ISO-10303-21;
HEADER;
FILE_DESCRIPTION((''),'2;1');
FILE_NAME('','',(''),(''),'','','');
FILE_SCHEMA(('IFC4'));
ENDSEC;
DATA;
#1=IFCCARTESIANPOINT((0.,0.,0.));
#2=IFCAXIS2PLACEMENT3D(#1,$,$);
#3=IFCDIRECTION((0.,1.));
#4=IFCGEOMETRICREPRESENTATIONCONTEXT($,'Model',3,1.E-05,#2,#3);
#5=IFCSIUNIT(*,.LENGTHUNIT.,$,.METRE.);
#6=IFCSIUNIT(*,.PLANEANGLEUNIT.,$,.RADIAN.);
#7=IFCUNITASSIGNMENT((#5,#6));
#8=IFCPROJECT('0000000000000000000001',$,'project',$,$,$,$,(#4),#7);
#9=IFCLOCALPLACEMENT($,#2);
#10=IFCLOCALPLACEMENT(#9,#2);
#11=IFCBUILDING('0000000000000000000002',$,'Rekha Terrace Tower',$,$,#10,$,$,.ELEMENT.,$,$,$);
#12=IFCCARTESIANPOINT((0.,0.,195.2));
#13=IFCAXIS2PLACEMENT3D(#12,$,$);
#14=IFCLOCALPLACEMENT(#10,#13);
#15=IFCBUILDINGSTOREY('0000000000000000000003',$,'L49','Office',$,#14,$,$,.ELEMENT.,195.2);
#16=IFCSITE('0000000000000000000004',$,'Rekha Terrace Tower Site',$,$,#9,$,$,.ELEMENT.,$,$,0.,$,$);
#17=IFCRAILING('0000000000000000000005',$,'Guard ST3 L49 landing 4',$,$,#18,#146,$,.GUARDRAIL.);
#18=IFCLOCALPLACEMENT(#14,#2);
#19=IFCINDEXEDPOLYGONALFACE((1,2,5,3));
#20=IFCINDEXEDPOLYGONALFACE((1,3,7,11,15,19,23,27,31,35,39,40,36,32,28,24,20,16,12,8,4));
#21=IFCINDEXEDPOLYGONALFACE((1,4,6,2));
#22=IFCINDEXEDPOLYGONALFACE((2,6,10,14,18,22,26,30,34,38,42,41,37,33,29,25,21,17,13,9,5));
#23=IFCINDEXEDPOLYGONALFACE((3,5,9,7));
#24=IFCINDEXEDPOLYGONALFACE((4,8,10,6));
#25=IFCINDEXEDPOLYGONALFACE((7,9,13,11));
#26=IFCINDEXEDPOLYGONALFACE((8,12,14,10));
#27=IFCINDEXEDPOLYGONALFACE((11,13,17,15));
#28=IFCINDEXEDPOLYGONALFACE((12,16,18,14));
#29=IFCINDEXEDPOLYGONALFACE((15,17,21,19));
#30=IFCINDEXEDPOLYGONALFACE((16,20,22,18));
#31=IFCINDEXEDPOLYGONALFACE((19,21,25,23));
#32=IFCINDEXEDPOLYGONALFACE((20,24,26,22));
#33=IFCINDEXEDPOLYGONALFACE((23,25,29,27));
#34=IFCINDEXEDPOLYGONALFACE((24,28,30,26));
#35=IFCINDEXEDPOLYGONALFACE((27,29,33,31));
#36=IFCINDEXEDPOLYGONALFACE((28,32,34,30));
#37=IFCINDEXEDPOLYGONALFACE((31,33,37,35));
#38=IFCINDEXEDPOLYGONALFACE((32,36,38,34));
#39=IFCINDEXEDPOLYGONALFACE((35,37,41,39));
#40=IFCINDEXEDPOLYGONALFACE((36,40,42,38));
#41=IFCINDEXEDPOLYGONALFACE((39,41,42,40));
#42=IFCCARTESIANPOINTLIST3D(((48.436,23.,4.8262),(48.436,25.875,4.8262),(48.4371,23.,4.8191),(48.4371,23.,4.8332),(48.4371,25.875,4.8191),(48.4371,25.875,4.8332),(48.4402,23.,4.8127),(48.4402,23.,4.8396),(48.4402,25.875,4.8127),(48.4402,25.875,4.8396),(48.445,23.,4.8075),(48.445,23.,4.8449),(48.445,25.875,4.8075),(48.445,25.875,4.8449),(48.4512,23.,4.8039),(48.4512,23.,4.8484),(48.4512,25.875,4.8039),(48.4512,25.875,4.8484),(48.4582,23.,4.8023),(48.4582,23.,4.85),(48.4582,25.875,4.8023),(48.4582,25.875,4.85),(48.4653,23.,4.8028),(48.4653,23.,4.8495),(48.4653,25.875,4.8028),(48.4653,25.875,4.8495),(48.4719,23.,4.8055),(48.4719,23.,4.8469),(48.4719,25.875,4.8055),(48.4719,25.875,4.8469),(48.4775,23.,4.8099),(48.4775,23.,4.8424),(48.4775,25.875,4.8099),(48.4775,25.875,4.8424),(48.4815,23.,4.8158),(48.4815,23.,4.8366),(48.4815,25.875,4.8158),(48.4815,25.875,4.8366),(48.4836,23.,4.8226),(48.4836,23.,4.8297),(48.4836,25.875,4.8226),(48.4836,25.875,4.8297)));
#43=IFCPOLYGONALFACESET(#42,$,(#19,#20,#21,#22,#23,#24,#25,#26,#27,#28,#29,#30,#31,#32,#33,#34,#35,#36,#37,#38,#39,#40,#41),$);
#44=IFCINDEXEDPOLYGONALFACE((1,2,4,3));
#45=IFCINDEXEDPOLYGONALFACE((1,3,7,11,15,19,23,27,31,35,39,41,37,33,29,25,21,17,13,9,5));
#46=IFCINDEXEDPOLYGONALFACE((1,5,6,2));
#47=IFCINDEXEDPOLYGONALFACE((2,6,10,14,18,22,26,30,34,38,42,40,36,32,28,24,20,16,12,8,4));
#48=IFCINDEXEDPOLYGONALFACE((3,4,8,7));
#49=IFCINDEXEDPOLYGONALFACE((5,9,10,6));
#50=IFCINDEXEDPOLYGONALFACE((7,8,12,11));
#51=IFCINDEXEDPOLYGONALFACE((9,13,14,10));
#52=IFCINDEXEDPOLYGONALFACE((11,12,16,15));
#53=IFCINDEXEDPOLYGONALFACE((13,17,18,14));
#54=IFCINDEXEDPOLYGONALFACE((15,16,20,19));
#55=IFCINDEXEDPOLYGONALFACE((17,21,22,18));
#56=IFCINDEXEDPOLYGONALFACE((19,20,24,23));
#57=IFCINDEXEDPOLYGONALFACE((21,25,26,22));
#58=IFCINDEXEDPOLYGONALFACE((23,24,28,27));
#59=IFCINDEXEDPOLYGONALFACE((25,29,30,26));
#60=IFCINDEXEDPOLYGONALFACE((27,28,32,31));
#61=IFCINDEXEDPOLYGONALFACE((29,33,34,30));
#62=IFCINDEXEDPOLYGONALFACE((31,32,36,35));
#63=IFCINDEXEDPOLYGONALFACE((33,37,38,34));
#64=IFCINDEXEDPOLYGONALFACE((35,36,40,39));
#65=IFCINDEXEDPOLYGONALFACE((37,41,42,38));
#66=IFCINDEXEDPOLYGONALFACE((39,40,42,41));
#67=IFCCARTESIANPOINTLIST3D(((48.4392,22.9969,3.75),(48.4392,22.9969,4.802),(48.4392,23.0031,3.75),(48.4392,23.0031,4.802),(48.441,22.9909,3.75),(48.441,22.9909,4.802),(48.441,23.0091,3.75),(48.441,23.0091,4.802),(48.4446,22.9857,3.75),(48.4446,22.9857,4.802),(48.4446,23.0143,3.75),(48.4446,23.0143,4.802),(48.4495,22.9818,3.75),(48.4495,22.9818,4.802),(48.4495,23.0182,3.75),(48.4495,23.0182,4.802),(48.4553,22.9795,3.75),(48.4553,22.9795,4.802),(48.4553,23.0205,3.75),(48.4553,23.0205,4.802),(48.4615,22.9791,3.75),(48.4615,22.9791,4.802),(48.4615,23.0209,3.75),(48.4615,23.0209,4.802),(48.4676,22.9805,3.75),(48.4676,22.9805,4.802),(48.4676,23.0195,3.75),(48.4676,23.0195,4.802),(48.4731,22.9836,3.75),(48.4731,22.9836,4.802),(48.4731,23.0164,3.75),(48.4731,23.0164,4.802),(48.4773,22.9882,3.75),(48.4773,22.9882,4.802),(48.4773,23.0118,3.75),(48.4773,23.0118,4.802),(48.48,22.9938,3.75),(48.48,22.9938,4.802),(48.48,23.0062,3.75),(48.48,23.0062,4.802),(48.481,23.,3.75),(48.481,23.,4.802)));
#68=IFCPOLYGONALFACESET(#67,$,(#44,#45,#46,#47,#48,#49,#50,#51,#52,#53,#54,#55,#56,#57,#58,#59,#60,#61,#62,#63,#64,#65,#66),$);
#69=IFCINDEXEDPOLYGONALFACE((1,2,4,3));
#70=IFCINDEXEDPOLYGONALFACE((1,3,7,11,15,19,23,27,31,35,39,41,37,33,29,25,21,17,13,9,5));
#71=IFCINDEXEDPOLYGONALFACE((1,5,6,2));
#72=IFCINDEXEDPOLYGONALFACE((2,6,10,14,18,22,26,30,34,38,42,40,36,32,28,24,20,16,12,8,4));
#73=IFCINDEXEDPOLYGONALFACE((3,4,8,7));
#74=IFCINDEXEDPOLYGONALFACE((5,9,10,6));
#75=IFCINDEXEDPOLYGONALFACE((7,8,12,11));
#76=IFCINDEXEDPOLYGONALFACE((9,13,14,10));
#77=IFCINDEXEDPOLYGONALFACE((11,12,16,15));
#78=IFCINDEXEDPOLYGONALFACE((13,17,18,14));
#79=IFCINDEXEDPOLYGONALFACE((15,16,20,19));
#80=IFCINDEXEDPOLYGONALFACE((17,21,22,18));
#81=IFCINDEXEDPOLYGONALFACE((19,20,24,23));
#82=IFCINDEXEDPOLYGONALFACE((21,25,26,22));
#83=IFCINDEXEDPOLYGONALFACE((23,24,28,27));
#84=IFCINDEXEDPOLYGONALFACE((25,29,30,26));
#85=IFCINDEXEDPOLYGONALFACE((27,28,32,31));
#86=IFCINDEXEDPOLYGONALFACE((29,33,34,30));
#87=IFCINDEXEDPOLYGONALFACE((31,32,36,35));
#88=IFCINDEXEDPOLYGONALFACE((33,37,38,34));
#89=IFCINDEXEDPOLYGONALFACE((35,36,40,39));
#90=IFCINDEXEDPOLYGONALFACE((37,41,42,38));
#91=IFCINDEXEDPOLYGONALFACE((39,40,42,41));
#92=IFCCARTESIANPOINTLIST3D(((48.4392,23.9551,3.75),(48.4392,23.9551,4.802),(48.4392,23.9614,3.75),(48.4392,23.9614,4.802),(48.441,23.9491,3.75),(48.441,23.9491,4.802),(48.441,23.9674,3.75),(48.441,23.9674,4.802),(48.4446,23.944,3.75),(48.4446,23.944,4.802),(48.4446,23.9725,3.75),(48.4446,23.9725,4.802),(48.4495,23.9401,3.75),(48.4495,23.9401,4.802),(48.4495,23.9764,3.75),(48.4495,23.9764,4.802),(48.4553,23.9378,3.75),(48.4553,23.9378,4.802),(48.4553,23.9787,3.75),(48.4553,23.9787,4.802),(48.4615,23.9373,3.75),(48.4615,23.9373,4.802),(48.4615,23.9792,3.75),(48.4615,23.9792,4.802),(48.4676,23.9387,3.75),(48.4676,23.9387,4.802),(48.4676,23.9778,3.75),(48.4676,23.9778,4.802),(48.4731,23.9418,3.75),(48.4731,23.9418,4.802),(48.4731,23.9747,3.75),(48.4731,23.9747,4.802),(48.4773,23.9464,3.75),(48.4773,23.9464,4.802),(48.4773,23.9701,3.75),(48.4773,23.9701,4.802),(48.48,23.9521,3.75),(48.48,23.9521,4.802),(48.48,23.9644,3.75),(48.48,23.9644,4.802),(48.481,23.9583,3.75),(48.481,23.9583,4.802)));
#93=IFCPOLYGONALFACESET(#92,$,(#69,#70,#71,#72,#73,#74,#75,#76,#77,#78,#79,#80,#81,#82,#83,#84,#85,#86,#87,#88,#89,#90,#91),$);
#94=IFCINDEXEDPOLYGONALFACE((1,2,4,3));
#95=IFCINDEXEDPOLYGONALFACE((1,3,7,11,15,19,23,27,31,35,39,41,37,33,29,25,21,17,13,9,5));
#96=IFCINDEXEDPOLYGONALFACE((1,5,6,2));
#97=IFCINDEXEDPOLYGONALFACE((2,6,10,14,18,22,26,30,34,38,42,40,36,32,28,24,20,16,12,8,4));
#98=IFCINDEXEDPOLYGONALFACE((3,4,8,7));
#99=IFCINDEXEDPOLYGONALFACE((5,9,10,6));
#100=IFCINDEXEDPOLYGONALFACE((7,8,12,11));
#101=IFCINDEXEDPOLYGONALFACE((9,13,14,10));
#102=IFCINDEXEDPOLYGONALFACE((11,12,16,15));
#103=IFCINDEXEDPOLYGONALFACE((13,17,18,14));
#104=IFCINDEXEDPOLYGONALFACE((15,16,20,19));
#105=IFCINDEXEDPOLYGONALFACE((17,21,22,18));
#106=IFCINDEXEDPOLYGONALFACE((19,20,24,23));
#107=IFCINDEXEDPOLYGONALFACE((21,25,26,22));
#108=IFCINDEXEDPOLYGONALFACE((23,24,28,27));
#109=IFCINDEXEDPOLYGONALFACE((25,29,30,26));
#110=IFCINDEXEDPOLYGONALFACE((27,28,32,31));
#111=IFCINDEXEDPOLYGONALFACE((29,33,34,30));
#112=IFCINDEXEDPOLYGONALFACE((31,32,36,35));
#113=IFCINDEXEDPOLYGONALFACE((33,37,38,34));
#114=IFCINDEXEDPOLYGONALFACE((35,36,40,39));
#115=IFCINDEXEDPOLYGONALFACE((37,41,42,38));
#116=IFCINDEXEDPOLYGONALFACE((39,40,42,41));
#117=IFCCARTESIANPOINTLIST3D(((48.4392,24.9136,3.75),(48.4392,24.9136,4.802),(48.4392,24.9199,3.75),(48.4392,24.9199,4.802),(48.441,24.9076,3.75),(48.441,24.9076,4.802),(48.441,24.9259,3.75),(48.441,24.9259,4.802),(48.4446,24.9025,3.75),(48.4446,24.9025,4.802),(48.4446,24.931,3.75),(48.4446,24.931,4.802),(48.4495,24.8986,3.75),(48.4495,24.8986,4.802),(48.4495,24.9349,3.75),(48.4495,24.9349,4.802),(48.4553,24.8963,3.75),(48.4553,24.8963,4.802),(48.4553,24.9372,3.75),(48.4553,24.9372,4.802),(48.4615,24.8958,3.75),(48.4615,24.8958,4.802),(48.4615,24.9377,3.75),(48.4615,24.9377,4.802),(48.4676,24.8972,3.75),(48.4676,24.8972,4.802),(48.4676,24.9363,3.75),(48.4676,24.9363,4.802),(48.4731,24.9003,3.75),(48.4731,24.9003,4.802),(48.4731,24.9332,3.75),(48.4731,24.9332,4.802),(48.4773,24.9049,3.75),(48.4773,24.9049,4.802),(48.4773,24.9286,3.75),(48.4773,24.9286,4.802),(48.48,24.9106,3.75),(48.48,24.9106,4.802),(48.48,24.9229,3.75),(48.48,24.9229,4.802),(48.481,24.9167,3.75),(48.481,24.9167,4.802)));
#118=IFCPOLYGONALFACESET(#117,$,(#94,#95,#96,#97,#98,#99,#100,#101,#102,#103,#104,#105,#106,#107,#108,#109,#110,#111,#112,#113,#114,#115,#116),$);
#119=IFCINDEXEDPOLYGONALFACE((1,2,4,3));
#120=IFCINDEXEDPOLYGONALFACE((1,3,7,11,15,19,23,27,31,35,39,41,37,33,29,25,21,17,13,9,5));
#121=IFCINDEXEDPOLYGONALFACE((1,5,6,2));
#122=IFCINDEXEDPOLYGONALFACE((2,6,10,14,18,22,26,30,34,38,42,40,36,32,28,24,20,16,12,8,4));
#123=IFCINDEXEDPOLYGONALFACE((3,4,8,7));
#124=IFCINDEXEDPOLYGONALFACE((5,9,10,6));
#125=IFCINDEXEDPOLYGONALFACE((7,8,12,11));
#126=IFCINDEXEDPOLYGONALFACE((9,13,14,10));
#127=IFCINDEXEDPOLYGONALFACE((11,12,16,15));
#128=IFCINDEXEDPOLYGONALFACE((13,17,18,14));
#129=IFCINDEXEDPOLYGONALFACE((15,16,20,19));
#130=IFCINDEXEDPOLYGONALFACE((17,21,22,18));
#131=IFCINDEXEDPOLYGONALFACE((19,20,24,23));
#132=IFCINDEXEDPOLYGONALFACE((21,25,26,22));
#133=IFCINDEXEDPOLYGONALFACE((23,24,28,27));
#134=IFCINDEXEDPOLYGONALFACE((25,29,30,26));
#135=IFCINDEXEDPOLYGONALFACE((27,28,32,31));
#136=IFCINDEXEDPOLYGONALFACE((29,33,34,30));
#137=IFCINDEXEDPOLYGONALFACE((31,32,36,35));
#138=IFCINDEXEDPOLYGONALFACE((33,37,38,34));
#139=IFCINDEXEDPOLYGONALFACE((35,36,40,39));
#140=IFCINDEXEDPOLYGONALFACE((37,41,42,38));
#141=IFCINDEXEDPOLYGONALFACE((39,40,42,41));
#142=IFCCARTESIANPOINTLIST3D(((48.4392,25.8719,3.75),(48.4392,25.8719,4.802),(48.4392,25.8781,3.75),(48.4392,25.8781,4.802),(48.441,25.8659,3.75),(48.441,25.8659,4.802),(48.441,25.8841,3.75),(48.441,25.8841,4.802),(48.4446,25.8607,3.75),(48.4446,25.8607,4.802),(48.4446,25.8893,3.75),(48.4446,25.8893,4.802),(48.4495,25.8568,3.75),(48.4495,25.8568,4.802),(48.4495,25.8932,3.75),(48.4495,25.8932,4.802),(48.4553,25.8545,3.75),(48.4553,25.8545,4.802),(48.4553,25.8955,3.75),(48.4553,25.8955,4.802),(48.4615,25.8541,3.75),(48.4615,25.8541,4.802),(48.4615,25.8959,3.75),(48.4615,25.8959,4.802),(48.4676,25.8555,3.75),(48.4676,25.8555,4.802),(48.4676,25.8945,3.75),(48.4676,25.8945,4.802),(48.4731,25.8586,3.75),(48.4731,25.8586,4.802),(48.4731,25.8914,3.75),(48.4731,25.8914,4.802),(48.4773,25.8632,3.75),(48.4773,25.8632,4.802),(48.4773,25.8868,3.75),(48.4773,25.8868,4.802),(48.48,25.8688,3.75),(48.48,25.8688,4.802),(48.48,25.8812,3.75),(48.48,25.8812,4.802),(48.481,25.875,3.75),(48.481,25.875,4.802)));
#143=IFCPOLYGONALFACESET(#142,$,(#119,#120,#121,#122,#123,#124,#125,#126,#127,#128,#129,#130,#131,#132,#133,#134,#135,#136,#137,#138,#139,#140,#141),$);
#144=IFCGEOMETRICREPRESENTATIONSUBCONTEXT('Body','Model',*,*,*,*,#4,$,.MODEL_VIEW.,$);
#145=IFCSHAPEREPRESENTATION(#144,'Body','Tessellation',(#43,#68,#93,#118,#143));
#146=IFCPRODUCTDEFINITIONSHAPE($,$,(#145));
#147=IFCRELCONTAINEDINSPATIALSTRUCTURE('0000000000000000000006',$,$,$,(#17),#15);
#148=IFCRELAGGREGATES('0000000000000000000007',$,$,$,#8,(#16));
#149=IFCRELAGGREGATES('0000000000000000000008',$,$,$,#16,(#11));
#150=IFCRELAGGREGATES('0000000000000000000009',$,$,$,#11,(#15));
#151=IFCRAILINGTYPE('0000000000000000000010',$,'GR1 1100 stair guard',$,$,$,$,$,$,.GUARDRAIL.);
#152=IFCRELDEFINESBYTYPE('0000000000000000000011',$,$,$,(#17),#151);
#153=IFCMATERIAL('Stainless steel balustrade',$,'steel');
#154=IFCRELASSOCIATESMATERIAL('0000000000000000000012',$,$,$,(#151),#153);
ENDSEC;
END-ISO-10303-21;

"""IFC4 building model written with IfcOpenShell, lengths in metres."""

from ifc_helpers import new_model, si_unit, direction, frame, origin, origin_2d, place, context, subcontext, project, spatial, circle, extrude, material, type_object, element, save


model = new_model("IFC4")

# Units and contexts
model_context = context("Model", 3, precision=1e-05, world=origin(), true_north=direction((0.0, 1.0)))
body_context = subcontext(model_context, "Body", "Model", "MODEL_VIEW")
ifc_project = project(units=[si_unit("LENGTHUNIT", "METRE"), si_unit("PLANEANGLEUNIT", "RADIAN")], contexts=[model_context])

# Site, building, storey
site_placement = place(None, origin())
site = spatial("IfcSite", under=ifc_project, at=site_placement, Name="Rekha Terrace Tower Site", CompositionType="ELEMENT", RefElevation=0.0)
building_placement = place(site_placement, origin())
building = spatial("IfcBuilding", under=site, at=building_placement, Name="Rekha Terrace Tower", CompositionType="ELEMENT")
storey_placement = place(building_placement, frame((0.0, 0.0, 195.2)))
storey = spatial("IfcBuildingStorey", under=building, at=storey_placement, Name="L49", Description="Office", CompositionType="ELEMENT", Elevation=195.2)

# Railing
ifc_material_1 = material(Name="Stainless steel balustrade", Category="steel")
railing_type_1 = type_object("IfcRailingType", Name="GR1 1100 stair guard", PredefinedType="GUARDRAIL", material=ifc_material_1)
railing_1_placement = place(storey_placement, frame((48.46, 23.0, 3.75)))
element("IfcRailing", 1, at=railing_1_placement, inside=storey, type_object=railing_type_1, Name="Guard ST3 L49 landing 4", PredefinedType="GUARDRAIL", context=body_context, shape_type="SweptSolid", body=[
    extrude(circle(Radius=0.0239, at=origin_2d()), frame((0.0, 0.0, 1.0762), z_axis=(0.0, 1.0, 0.0), x_axis=(-1.0, 0.0, 0.0)), (0.0, 0.0, 1.0), 2.875),
    extrude(circle(Radius=0.021, at=origin_2d()), origin(), (0.0, 0.0, 1.0), 1.052),
    extrude(circle(Radius=0.021, at=origin_2d()), frame((0.0, 0.9583, 0.0)), (0.0, 0.0, 1.0), 1.052),
    extrude(circle(Radius=0.021, at=origin_2d()), frame((0.0, 1.9167, 0.0)), (0.0, 0.0, 1.0), 1.052),
    extrude(circle(Radius=0.021, at=origin_2d()), frame((0.0, 2.875, 0.0)), (0.0, 0.0, 1.0), 1.052),
])

save(model, "model.ifc")
